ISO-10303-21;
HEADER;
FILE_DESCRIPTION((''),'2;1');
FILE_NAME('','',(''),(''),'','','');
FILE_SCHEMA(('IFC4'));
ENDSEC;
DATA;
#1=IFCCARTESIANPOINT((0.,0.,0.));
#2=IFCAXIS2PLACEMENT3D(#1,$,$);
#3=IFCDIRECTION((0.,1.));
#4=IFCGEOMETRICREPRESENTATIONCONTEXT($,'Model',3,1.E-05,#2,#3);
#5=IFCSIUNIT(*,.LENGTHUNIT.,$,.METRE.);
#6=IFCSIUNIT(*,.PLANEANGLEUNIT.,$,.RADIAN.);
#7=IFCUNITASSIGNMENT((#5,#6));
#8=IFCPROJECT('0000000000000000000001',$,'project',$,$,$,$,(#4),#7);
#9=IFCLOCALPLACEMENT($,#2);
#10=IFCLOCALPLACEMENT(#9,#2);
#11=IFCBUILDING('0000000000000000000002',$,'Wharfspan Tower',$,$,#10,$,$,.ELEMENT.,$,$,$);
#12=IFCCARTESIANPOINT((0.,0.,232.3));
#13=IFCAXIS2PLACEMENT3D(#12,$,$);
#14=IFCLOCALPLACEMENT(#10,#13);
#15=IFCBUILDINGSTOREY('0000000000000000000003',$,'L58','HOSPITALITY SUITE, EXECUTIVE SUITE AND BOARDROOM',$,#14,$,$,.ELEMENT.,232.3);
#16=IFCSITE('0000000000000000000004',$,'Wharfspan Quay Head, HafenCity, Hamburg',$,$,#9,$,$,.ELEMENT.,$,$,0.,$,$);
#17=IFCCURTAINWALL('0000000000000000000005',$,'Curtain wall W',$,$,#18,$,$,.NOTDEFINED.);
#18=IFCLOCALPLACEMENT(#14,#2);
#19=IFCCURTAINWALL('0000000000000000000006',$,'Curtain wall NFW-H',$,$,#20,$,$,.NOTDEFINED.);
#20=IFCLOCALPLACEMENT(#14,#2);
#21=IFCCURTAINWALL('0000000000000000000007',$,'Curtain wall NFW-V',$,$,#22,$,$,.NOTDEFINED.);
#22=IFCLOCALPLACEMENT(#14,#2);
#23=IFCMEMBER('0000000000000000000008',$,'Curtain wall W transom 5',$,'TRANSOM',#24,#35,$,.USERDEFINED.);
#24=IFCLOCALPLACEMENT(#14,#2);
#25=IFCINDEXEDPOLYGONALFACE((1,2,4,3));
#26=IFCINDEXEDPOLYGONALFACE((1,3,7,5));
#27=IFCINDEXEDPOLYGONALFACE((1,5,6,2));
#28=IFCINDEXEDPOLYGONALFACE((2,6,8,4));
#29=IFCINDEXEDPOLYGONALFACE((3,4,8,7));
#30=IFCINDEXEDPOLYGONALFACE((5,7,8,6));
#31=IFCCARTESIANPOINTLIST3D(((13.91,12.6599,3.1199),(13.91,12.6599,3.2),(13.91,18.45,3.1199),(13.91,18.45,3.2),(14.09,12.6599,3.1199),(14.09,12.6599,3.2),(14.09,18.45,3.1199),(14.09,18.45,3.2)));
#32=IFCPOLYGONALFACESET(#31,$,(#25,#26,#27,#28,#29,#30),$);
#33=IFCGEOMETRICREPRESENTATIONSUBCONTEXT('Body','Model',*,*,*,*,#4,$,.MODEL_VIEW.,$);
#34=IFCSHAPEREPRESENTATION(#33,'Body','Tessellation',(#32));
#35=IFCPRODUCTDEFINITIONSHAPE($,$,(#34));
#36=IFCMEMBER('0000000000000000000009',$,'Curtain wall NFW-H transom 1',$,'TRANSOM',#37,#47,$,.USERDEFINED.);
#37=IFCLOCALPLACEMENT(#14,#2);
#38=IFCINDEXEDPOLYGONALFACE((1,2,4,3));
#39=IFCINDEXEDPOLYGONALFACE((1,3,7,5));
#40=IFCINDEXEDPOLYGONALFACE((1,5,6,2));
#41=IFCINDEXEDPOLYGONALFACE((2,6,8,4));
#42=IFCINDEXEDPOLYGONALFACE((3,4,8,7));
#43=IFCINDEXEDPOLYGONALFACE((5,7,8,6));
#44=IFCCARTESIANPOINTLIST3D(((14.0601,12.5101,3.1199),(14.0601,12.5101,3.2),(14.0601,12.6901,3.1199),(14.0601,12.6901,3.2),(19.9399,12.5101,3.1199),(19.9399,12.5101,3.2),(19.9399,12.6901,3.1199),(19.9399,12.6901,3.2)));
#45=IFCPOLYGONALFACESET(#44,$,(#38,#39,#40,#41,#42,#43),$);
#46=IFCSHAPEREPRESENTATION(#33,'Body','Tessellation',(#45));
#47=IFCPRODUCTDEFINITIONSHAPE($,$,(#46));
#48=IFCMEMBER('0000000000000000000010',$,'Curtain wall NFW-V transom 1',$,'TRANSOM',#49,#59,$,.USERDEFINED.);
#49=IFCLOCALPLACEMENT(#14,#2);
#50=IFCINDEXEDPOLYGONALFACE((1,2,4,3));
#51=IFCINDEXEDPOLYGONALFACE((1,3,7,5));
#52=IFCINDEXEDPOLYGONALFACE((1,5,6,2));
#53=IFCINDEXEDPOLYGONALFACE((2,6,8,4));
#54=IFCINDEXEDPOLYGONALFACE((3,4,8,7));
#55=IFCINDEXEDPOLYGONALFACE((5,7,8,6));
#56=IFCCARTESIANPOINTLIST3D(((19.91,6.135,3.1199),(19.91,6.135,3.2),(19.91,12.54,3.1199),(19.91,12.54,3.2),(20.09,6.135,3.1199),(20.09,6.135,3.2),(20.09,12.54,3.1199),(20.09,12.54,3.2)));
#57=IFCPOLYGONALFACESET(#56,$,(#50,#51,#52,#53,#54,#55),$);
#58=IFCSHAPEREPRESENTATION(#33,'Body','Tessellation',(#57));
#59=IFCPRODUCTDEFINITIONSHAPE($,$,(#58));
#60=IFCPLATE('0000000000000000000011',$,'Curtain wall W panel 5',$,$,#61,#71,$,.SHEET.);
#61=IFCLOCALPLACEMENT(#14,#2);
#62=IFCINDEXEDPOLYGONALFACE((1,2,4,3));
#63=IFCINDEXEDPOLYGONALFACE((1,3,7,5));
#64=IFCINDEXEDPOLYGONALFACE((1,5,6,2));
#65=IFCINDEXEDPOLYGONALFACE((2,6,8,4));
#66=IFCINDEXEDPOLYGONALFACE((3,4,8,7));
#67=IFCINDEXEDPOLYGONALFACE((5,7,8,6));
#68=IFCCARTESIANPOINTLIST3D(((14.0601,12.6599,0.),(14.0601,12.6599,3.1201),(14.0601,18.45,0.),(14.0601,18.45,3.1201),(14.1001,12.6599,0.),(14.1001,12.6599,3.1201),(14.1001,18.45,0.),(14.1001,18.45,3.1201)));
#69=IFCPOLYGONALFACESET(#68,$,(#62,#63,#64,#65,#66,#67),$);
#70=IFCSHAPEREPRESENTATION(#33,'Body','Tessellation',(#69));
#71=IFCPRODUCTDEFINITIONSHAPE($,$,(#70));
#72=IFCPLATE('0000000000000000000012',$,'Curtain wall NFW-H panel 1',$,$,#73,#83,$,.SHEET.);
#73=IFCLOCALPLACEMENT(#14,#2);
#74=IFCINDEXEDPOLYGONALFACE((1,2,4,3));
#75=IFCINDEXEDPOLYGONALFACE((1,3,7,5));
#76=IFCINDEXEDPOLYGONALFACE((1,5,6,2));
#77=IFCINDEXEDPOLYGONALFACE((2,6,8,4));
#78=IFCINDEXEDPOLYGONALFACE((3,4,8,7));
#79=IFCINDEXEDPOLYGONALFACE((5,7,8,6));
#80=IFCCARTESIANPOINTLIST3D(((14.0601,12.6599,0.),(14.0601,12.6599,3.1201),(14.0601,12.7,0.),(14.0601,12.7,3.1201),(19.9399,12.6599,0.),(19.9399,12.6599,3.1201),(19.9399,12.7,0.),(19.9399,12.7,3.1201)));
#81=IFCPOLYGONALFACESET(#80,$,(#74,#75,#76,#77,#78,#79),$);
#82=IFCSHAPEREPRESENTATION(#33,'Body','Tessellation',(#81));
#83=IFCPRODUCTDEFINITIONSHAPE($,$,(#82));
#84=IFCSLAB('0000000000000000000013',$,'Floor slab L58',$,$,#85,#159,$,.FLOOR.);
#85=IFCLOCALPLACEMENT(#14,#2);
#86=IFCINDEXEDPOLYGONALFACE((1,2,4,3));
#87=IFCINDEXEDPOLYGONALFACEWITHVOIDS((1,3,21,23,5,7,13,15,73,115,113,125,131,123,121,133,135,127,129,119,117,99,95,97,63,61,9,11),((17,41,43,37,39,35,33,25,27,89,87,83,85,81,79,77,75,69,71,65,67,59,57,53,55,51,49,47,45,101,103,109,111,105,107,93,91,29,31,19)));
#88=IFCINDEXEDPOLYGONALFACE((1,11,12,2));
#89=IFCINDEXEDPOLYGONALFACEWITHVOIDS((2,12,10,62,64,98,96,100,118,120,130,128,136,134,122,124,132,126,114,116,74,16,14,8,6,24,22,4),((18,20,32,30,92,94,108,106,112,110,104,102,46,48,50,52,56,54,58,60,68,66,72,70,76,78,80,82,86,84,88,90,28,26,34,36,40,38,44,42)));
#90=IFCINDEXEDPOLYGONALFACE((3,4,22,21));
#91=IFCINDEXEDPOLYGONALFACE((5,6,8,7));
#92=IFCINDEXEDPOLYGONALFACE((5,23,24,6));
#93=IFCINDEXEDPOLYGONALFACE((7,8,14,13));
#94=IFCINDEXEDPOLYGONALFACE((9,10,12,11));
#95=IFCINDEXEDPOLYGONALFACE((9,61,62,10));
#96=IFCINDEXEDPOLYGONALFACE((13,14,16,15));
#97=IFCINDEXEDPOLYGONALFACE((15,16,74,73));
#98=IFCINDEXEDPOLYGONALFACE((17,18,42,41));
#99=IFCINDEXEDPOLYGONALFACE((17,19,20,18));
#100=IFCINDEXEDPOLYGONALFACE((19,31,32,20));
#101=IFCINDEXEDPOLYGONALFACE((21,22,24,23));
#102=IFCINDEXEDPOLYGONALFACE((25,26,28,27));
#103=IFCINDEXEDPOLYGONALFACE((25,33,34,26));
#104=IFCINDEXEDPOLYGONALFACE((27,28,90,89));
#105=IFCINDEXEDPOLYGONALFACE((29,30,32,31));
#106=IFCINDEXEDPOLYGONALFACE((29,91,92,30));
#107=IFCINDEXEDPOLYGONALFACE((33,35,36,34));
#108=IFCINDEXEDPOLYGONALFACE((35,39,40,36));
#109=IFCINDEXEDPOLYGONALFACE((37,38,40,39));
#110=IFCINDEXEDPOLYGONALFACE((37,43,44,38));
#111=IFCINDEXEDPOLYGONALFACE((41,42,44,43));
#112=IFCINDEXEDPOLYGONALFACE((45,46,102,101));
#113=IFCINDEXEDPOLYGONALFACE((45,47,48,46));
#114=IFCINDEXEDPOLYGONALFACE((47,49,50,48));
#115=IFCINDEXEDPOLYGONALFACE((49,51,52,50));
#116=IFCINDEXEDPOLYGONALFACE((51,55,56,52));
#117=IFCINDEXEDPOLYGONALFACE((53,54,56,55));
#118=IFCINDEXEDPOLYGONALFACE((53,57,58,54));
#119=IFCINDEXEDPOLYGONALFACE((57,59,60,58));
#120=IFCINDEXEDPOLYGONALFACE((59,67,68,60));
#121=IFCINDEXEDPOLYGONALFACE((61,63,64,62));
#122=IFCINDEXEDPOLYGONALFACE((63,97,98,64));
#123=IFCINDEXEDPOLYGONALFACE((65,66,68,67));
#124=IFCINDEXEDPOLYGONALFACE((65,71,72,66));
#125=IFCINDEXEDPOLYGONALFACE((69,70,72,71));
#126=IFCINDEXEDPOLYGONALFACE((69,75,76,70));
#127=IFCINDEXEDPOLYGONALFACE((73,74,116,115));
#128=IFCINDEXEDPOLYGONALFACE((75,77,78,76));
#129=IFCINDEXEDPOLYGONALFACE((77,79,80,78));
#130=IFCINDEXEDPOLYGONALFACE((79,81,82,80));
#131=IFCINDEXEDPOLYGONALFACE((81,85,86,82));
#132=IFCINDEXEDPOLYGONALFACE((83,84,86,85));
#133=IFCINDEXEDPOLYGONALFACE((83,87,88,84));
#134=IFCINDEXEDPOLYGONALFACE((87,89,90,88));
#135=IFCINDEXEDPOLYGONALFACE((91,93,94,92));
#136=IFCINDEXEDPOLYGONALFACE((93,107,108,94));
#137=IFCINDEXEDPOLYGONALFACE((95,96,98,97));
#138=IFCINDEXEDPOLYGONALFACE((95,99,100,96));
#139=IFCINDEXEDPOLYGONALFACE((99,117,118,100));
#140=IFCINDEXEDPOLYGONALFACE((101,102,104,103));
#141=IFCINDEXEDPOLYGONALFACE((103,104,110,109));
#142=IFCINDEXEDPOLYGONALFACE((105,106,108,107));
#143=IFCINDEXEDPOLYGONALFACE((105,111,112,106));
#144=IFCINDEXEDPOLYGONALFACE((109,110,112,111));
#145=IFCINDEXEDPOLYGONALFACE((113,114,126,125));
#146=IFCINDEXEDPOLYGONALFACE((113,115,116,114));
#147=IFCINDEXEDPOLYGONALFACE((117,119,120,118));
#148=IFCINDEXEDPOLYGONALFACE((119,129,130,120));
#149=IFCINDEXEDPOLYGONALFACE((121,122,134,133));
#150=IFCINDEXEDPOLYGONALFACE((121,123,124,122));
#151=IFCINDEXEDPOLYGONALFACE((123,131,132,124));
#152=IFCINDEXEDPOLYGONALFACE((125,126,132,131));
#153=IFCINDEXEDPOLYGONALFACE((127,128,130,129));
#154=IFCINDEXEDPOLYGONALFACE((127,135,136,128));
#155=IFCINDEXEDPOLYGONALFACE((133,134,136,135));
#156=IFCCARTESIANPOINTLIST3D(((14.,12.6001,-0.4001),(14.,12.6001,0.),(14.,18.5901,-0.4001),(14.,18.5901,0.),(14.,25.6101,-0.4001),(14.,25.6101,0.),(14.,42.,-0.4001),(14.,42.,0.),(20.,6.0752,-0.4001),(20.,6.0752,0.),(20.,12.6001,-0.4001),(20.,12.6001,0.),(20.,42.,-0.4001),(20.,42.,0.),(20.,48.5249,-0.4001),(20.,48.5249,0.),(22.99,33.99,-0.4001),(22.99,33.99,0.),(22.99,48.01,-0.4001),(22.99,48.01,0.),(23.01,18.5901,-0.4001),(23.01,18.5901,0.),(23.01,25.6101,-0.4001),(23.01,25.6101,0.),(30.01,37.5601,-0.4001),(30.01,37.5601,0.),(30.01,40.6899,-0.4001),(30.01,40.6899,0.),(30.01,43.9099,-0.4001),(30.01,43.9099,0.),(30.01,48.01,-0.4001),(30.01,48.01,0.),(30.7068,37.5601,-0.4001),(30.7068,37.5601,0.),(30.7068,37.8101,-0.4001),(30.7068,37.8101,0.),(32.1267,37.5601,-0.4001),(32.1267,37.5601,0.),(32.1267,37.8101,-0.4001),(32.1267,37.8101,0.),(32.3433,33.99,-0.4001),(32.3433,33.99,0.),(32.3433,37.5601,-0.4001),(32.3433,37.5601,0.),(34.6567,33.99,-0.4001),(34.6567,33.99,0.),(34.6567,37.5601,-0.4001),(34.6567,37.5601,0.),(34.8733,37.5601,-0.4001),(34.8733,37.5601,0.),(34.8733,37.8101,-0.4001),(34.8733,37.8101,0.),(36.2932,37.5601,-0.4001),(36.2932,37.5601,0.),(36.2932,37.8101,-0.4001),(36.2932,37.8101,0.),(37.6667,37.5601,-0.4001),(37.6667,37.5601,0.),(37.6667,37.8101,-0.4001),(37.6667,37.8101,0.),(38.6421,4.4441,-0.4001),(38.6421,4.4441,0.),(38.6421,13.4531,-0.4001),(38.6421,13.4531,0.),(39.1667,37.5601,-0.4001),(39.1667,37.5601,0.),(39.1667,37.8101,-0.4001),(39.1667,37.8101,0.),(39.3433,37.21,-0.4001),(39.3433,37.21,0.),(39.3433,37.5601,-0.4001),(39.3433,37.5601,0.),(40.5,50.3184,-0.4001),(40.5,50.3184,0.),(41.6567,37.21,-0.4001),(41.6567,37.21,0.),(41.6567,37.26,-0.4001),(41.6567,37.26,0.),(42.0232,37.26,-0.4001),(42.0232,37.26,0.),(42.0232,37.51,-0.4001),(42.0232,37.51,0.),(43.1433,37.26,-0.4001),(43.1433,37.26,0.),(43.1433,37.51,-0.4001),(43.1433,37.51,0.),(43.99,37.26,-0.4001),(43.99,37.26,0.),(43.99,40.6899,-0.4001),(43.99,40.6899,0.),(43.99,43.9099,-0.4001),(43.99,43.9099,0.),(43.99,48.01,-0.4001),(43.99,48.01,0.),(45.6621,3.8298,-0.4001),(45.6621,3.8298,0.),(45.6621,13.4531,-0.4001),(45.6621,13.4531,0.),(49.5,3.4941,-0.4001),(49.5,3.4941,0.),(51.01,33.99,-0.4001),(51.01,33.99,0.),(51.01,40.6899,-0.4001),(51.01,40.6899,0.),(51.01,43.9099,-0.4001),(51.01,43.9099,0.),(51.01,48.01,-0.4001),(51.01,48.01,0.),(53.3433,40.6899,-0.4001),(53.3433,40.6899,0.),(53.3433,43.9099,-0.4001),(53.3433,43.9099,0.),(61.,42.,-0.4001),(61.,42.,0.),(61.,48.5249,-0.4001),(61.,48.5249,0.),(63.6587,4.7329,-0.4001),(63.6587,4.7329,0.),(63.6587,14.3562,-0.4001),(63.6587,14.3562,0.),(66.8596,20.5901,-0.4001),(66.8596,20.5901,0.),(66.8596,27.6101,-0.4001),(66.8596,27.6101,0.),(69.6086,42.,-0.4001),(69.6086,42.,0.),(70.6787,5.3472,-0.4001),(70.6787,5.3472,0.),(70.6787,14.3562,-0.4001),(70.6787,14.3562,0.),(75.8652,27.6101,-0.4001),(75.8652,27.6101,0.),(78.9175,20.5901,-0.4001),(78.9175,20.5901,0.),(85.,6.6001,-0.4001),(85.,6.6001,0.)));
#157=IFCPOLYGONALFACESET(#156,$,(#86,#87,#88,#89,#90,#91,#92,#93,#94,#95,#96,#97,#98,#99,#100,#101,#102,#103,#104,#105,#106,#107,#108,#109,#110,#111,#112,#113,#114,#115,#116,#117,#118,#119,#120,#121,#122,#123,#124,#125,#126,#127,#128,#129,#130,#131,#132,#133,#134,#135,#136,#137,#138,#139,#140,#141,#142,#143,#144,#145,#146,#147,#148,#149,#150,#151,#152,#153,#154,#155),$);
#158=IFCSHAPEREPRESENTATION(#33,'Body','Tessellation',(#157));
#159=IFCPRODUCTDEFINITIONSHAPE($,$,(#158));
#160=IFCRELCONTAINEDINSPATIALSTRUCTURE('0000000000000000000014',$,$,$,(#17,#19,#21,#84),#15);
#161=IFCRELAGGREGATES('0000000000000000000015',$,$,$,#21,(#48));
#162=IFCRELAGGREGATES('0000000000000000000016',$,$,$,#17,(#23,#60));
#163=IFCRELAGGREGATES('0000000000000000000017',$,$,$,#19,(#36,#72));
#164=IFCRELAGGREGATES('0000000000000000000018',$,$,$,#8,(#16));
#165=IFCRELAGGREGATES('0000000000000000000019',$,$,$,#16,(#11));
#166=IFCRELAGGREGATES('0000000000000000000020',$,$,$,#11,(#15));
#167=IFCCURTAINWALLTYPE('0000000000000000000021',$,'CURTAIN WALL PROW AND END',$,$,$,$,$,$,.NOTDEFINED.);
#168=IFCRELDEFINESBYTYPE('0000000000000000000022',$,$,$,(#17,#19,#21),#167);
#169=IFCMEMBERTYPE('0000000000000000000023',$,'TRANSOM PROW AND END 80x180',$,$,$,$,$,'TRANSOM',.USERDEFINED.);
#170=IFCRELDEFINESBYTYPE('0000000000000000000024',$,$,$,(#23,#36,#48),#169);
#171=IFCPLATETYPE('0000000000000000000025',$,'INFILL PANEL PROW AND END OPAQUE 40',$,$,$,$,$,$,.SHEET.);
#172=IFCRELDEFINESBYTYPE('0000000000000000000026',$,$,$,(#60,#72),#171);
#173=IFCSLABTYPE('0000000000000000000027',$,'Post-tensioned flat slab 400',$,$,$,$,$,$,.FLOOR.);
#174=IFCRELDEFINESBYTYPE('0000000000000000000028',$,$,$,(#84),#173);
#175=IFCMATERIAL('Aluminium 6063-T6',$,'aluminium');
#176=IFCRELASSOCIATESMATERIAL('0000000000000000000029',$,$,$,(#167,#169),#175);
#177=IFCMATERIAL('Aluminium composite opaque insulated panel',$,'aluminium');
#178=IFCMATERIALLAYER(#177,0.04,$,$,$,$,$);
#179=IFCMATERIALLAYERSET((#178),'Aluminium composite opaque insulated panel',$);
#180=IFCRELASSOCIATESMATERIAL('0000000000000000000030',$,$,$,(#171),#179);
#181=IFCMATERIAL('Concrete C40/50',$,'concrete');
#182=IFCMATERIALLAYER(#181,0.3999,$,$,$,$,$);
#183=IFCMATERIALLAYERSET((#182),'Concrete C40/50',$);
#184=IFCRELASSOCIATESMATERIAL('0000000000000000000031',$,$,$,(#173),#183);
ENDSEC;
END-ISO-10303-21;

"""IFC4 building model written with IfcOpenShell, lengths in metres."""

from ifc_helpers import new_model, si_unit, direction, frame, origin, origin_2d, place, context, subcontext, project, spatial, polyline, rectangle, outline, extrude, material, layer, layer_set, material_profile, profile_set, type_object, element, aggregate, save


model = new_model("IFC4")

# Units and contexts
model_context = context("Model", 3, precision=1e-05, world=origin(), true_north=direction((0.0, 1.0)))
body_context = subcontext(model_context, "Body", "Model", "MODEL_VIEW")
ifc_project = project(units=[si_unit("LENGTHUNIT", "METRE"), si_unit("PLANEANGLEUNIT", "RADIAN")], contexts=[model_context])

# Site, building, storey
site_placement = place(None, origin())
site = spatial("IfcSite", under=ifc_project, at=site_placement, Name="Wharfspan Quay Head, HafenCity, Hamburg", CompositionType="ELEMENT", RefElevation=0.0)
building_placement = place(site_placement, origin())
building = spatial("IfcBuilding", under=site, at=building_placement, Name="Wharfspan Tower", CompositionType="ELEMENT")
storey_placement = place(building_placement, frame((0.0, 0.0, 232.3)))
storey = spatial("IfcBuildingStorey", under=building, at=storey_placement, Name="L58", Description="HOSPITALITY SUITE, EXECUTIVE SUITE AND BOARDROOM", CompositionType="ELEMENT", Elevation=232.3)

# Curtain walls
ifc_material_1 = material(Name="Aluminium 6063-T6", Category="aluminium")
curtain_wall_type = type_object("IfcCurtainWallType", Name="CURTAIN WALL PROW AND END", PredefinedType="NOTDEFINED", material=ifc_material_1)
curtain_wall_1_placement = place(storey_placement, origin())
curtain_wall_1 = element("IfcCurtainWall", 1, at=curtain_wall_1_placement, inside=storey, type_object=curtain_wall_type, Name="Curtain wall W", PredefinedType="NOTDEFINED")
curtain_wall_2_placement = place(storey_placement, origin())
curtain_wall_2 = element("IfcCurtainWall", 2, at=curtain_wall_2_placement, inside=storey, type_object=curtain_wall_type, Name="Curtain wall NFW-H", PredefinedType="NOTDEFINED")

# Curtain wall
curtain_wall_3_placement = place(storey_placement, origin())
curtain_wall_3 = element("IfcCurtainWall", 3, at=curtain_wall_3_placement, inside=storey, type_object=curtain_wall_type, Name="Curtain wall NFW-V", PredefinedType="NOTDEFINED")

# Members
ifc_material_profile_1 = material_profile(ifc_material_1, rectangle(XDim=0.1799, YDim=0.0801, at=origin_2d()))
ifc_profile_set_1 = profile_set([ifc_material_profile_1], Name="Aluminium 6063-T6")
member_type_1 = type_object("IfcMemberType", Name="TRANSOM PROW AND END 80x180", ElementType="TRANSOM", PredefinedType="USERDEFINED", material=ifc_profile_set_1)
member_1_placement = place(storey_placement, frame((14.0, 18.45, 3.1599), z_axis=(0.0, -1.0, 0.0), x_axis=(1.0, 0.0, 0.0)))
member_1 = element("IfcMember", 4, at=member_1_placement, type_object=member_type_1, Name="Curtain wall W transom 5", ObjectType="TRANSOM", PredefinedType="USERDEFINED", context=body_context, shape_type="SweptSolid", body=[
    extrude(rectangle(XDim=0.1799, YDim=0.0801, at=origin_2d()), origin(), (0.0, 0.0, 1.0), 5.79),
])
member_2_placement = place(storey_placement, frame((14.0601, 12.6001, 3.1599), z_axis=(1.0, 0.0, 0.0), x_axis=(0.0, 1.0, 0.0)))
member_2 = element("IfcMember", 5, at=member_2_placement, type_object=member_type_1, Name="Curtain wall NFW-H transom 1", ObjectType="TRANSOM", PredefinedType="USERDEFINED", context=body_context, shape_type="SweptSolid", body=[
    extrude(rectangle(XDim=0.1799, YDim=0.0801, at=origin_2d()), origin(), (0.0, 0.0, 1.0), 5.8799),
])
member_3_placement = place(storey_placement, frame((20.0, 12.54, 3.1599), z_axis=(0.0, -1.0, 0.0), x_axis=(1.0, 0.0, 0.0)))
member_3 = element("IfcMember", 6, at=member_3_placement, type_object=member_type_1, Name="Curtain wall NFW-V transom 1", ObjectType="TRANSOM", PredefinedType="USERDEFINED", context=body_context, shape_type="SweptSolid", body=[
    extrude(rectangle(XDim=0.1799, YDim=0.0801, at=origin_2d()), origin(), (0.0, 0.0, 1.0), 6.405),
])
aggregate(curtain_wall_3, [member_3])

# Plates
ifc_material_2 = material(Name="Aluminium composite opaque insulated panel", Category="aluminium")
ifc_layer_1 = layer(ifc_material_2, 0.04)
ifc_layer_set_1 = layer_set([ifc_layer_1], Name="Aluminium composite opaque insulated panel")
plate_type = type_object("IfcPlateType", Name="INFILL PANEL PROW AND END OPAQUE 40", PredefinedType="SHEET", material=ifc_layer_set_1)
plate_1_placement = place(storey_placement, frame((14.0801, 15.5549, 0.0), z_axis=(0.0, 0.0, 1.0), x_axis=(0.0, -1.0, 0.0)))
plate_1 = element("IfcPlate", 7, at=plate_1_placement, type_object=plate_type, Name="Curtain wall W panel 5", PredefinedType="SHEET", context=body_context, shape_type="SweptSolid", body=[
    extrude(rectangle(XDim=5.79, YDim=0.04, at=origin_2d()), origin(), (0.0, 0.0, 1.0), 3.1201),
])
aggregate(curtain_wall_1, [member_1, plate_1])
plate_2_placement = place(storey_placement, frame((17.0, 12.6799, 0.0), z_axis=(0.0, 0.0, 1.0), x_axis=(1.0, 0.0, 0.0)))
plate_2 = element("IfcPlate", 8, at=plate_2_placement, type_object=plate_type, Name="Curtain wall NFW-H panel 1", PredefinedType="SHEET", context=body_context, shape_type="SweptSolid", body=[
    extrude(rectangle(XDim=5.8799, YDim=0.04, at=origin_2d()), origin(), (0.0, 0.0, 1.0), 3.1201),
])
aggregate(curtain_wall_2, [member_2, plate_2])

# Slab
ifc_material_3 = material(Name="Concrete C40/50", Category="concrete")
ifc_layer_2 = layer(ifc_material_3, 0.3999)
ifc_layer_set_2 = layer_set([ifc_layer_2], Name="Concrete C40/50")
slab_type_1 = type_object("IfcSlabType", Name="Post-tensioned flat slab 400", PredefinedType="FLOOR", material=ifc_layer_set_2)
slab_1_placement = place(storey_placement, frame((0.0, 0.0, -0.4001)))
element("IfcSlab", 9, at=slab_1_placement, inside=storey, type_object=slab_type_1, Name="Floor slab L58", PredefinedType="FLOOR", context=body_context, shape_type="SweptSolid", body=[
    extrude(outline(polyline([(38.6421, 4.4441), (38.6421, 13.4531), (45.6621, 13.4531), (45.6621, 3.8298), (49.5, 3.4941), (63.6587, 4.7329), (63.6587, 14.3562), (70.6787, 14.3562), (70.6787, 5.3472), (85.0, 6.6001), (78.9175, 20.5901), (66.8596, 20.5901), (66.8596, 27.6101), (75.8652, 27.6101), (69.6086, 42.0), (61.0, 42.0), (61.0, 48.5249), (40.5, 50.3184), (20.0, 48.5249), (20.0, 42.0), (14.0, 42.0), (14.0, 25.6101), (23.01, 25.6101), (23.01, 18.5901), (14.0, 18.5901), (14.0, 12.6001), (20.0, 12.6001), (20.0, 6.0752), (38.6421, 4.4441)]), holes=[polyline([(32.1267, 37.5601), (32.3433, 37.5601), (32.3433, 33.99), (22.99, 33.99), (22.99, 48.01), (30.01, 48.01), (30.01, 43.9099), (43.99, 43.9099), (43.99, 48.01), (51.01, 48.01), (51.01, 43.9099), (53.3433, 43.9099), (53.3433, 40.6899), (51.01, 40.6899), (51.01, 33.99), (34.6567, 33.99), (34.6567, 37.5601), (34.8733, 37.5601), (34.8733, 37.8101), (36.2932, 37.8101), (36.2932, 37.5601), (37.6667, 37.5601), (37.6667, 37.8101), (39.1667, 37.8101), (39.1667, 37.5601), (39.3433, 37.5601), (39.3433, 37.21), (41.6567, 37.21), (41.6567, 37.26), (42.0232, 37.26), (42.0232, 37.51), (43.1433, 37.51), (43.1433, 37.26), (43.99, 37.26), (43.99, 40.6899), (30.01, 40.6899), (30.01, 37.5601), (30.7068, 37.5601), (30.7068, 37.8101), (32.1267, 37.8101), (32.1267, 37.5601)])]), origin(), (0.0, 0.0, 1.0), 0.4001),
])

save(model, "model.ifc")
